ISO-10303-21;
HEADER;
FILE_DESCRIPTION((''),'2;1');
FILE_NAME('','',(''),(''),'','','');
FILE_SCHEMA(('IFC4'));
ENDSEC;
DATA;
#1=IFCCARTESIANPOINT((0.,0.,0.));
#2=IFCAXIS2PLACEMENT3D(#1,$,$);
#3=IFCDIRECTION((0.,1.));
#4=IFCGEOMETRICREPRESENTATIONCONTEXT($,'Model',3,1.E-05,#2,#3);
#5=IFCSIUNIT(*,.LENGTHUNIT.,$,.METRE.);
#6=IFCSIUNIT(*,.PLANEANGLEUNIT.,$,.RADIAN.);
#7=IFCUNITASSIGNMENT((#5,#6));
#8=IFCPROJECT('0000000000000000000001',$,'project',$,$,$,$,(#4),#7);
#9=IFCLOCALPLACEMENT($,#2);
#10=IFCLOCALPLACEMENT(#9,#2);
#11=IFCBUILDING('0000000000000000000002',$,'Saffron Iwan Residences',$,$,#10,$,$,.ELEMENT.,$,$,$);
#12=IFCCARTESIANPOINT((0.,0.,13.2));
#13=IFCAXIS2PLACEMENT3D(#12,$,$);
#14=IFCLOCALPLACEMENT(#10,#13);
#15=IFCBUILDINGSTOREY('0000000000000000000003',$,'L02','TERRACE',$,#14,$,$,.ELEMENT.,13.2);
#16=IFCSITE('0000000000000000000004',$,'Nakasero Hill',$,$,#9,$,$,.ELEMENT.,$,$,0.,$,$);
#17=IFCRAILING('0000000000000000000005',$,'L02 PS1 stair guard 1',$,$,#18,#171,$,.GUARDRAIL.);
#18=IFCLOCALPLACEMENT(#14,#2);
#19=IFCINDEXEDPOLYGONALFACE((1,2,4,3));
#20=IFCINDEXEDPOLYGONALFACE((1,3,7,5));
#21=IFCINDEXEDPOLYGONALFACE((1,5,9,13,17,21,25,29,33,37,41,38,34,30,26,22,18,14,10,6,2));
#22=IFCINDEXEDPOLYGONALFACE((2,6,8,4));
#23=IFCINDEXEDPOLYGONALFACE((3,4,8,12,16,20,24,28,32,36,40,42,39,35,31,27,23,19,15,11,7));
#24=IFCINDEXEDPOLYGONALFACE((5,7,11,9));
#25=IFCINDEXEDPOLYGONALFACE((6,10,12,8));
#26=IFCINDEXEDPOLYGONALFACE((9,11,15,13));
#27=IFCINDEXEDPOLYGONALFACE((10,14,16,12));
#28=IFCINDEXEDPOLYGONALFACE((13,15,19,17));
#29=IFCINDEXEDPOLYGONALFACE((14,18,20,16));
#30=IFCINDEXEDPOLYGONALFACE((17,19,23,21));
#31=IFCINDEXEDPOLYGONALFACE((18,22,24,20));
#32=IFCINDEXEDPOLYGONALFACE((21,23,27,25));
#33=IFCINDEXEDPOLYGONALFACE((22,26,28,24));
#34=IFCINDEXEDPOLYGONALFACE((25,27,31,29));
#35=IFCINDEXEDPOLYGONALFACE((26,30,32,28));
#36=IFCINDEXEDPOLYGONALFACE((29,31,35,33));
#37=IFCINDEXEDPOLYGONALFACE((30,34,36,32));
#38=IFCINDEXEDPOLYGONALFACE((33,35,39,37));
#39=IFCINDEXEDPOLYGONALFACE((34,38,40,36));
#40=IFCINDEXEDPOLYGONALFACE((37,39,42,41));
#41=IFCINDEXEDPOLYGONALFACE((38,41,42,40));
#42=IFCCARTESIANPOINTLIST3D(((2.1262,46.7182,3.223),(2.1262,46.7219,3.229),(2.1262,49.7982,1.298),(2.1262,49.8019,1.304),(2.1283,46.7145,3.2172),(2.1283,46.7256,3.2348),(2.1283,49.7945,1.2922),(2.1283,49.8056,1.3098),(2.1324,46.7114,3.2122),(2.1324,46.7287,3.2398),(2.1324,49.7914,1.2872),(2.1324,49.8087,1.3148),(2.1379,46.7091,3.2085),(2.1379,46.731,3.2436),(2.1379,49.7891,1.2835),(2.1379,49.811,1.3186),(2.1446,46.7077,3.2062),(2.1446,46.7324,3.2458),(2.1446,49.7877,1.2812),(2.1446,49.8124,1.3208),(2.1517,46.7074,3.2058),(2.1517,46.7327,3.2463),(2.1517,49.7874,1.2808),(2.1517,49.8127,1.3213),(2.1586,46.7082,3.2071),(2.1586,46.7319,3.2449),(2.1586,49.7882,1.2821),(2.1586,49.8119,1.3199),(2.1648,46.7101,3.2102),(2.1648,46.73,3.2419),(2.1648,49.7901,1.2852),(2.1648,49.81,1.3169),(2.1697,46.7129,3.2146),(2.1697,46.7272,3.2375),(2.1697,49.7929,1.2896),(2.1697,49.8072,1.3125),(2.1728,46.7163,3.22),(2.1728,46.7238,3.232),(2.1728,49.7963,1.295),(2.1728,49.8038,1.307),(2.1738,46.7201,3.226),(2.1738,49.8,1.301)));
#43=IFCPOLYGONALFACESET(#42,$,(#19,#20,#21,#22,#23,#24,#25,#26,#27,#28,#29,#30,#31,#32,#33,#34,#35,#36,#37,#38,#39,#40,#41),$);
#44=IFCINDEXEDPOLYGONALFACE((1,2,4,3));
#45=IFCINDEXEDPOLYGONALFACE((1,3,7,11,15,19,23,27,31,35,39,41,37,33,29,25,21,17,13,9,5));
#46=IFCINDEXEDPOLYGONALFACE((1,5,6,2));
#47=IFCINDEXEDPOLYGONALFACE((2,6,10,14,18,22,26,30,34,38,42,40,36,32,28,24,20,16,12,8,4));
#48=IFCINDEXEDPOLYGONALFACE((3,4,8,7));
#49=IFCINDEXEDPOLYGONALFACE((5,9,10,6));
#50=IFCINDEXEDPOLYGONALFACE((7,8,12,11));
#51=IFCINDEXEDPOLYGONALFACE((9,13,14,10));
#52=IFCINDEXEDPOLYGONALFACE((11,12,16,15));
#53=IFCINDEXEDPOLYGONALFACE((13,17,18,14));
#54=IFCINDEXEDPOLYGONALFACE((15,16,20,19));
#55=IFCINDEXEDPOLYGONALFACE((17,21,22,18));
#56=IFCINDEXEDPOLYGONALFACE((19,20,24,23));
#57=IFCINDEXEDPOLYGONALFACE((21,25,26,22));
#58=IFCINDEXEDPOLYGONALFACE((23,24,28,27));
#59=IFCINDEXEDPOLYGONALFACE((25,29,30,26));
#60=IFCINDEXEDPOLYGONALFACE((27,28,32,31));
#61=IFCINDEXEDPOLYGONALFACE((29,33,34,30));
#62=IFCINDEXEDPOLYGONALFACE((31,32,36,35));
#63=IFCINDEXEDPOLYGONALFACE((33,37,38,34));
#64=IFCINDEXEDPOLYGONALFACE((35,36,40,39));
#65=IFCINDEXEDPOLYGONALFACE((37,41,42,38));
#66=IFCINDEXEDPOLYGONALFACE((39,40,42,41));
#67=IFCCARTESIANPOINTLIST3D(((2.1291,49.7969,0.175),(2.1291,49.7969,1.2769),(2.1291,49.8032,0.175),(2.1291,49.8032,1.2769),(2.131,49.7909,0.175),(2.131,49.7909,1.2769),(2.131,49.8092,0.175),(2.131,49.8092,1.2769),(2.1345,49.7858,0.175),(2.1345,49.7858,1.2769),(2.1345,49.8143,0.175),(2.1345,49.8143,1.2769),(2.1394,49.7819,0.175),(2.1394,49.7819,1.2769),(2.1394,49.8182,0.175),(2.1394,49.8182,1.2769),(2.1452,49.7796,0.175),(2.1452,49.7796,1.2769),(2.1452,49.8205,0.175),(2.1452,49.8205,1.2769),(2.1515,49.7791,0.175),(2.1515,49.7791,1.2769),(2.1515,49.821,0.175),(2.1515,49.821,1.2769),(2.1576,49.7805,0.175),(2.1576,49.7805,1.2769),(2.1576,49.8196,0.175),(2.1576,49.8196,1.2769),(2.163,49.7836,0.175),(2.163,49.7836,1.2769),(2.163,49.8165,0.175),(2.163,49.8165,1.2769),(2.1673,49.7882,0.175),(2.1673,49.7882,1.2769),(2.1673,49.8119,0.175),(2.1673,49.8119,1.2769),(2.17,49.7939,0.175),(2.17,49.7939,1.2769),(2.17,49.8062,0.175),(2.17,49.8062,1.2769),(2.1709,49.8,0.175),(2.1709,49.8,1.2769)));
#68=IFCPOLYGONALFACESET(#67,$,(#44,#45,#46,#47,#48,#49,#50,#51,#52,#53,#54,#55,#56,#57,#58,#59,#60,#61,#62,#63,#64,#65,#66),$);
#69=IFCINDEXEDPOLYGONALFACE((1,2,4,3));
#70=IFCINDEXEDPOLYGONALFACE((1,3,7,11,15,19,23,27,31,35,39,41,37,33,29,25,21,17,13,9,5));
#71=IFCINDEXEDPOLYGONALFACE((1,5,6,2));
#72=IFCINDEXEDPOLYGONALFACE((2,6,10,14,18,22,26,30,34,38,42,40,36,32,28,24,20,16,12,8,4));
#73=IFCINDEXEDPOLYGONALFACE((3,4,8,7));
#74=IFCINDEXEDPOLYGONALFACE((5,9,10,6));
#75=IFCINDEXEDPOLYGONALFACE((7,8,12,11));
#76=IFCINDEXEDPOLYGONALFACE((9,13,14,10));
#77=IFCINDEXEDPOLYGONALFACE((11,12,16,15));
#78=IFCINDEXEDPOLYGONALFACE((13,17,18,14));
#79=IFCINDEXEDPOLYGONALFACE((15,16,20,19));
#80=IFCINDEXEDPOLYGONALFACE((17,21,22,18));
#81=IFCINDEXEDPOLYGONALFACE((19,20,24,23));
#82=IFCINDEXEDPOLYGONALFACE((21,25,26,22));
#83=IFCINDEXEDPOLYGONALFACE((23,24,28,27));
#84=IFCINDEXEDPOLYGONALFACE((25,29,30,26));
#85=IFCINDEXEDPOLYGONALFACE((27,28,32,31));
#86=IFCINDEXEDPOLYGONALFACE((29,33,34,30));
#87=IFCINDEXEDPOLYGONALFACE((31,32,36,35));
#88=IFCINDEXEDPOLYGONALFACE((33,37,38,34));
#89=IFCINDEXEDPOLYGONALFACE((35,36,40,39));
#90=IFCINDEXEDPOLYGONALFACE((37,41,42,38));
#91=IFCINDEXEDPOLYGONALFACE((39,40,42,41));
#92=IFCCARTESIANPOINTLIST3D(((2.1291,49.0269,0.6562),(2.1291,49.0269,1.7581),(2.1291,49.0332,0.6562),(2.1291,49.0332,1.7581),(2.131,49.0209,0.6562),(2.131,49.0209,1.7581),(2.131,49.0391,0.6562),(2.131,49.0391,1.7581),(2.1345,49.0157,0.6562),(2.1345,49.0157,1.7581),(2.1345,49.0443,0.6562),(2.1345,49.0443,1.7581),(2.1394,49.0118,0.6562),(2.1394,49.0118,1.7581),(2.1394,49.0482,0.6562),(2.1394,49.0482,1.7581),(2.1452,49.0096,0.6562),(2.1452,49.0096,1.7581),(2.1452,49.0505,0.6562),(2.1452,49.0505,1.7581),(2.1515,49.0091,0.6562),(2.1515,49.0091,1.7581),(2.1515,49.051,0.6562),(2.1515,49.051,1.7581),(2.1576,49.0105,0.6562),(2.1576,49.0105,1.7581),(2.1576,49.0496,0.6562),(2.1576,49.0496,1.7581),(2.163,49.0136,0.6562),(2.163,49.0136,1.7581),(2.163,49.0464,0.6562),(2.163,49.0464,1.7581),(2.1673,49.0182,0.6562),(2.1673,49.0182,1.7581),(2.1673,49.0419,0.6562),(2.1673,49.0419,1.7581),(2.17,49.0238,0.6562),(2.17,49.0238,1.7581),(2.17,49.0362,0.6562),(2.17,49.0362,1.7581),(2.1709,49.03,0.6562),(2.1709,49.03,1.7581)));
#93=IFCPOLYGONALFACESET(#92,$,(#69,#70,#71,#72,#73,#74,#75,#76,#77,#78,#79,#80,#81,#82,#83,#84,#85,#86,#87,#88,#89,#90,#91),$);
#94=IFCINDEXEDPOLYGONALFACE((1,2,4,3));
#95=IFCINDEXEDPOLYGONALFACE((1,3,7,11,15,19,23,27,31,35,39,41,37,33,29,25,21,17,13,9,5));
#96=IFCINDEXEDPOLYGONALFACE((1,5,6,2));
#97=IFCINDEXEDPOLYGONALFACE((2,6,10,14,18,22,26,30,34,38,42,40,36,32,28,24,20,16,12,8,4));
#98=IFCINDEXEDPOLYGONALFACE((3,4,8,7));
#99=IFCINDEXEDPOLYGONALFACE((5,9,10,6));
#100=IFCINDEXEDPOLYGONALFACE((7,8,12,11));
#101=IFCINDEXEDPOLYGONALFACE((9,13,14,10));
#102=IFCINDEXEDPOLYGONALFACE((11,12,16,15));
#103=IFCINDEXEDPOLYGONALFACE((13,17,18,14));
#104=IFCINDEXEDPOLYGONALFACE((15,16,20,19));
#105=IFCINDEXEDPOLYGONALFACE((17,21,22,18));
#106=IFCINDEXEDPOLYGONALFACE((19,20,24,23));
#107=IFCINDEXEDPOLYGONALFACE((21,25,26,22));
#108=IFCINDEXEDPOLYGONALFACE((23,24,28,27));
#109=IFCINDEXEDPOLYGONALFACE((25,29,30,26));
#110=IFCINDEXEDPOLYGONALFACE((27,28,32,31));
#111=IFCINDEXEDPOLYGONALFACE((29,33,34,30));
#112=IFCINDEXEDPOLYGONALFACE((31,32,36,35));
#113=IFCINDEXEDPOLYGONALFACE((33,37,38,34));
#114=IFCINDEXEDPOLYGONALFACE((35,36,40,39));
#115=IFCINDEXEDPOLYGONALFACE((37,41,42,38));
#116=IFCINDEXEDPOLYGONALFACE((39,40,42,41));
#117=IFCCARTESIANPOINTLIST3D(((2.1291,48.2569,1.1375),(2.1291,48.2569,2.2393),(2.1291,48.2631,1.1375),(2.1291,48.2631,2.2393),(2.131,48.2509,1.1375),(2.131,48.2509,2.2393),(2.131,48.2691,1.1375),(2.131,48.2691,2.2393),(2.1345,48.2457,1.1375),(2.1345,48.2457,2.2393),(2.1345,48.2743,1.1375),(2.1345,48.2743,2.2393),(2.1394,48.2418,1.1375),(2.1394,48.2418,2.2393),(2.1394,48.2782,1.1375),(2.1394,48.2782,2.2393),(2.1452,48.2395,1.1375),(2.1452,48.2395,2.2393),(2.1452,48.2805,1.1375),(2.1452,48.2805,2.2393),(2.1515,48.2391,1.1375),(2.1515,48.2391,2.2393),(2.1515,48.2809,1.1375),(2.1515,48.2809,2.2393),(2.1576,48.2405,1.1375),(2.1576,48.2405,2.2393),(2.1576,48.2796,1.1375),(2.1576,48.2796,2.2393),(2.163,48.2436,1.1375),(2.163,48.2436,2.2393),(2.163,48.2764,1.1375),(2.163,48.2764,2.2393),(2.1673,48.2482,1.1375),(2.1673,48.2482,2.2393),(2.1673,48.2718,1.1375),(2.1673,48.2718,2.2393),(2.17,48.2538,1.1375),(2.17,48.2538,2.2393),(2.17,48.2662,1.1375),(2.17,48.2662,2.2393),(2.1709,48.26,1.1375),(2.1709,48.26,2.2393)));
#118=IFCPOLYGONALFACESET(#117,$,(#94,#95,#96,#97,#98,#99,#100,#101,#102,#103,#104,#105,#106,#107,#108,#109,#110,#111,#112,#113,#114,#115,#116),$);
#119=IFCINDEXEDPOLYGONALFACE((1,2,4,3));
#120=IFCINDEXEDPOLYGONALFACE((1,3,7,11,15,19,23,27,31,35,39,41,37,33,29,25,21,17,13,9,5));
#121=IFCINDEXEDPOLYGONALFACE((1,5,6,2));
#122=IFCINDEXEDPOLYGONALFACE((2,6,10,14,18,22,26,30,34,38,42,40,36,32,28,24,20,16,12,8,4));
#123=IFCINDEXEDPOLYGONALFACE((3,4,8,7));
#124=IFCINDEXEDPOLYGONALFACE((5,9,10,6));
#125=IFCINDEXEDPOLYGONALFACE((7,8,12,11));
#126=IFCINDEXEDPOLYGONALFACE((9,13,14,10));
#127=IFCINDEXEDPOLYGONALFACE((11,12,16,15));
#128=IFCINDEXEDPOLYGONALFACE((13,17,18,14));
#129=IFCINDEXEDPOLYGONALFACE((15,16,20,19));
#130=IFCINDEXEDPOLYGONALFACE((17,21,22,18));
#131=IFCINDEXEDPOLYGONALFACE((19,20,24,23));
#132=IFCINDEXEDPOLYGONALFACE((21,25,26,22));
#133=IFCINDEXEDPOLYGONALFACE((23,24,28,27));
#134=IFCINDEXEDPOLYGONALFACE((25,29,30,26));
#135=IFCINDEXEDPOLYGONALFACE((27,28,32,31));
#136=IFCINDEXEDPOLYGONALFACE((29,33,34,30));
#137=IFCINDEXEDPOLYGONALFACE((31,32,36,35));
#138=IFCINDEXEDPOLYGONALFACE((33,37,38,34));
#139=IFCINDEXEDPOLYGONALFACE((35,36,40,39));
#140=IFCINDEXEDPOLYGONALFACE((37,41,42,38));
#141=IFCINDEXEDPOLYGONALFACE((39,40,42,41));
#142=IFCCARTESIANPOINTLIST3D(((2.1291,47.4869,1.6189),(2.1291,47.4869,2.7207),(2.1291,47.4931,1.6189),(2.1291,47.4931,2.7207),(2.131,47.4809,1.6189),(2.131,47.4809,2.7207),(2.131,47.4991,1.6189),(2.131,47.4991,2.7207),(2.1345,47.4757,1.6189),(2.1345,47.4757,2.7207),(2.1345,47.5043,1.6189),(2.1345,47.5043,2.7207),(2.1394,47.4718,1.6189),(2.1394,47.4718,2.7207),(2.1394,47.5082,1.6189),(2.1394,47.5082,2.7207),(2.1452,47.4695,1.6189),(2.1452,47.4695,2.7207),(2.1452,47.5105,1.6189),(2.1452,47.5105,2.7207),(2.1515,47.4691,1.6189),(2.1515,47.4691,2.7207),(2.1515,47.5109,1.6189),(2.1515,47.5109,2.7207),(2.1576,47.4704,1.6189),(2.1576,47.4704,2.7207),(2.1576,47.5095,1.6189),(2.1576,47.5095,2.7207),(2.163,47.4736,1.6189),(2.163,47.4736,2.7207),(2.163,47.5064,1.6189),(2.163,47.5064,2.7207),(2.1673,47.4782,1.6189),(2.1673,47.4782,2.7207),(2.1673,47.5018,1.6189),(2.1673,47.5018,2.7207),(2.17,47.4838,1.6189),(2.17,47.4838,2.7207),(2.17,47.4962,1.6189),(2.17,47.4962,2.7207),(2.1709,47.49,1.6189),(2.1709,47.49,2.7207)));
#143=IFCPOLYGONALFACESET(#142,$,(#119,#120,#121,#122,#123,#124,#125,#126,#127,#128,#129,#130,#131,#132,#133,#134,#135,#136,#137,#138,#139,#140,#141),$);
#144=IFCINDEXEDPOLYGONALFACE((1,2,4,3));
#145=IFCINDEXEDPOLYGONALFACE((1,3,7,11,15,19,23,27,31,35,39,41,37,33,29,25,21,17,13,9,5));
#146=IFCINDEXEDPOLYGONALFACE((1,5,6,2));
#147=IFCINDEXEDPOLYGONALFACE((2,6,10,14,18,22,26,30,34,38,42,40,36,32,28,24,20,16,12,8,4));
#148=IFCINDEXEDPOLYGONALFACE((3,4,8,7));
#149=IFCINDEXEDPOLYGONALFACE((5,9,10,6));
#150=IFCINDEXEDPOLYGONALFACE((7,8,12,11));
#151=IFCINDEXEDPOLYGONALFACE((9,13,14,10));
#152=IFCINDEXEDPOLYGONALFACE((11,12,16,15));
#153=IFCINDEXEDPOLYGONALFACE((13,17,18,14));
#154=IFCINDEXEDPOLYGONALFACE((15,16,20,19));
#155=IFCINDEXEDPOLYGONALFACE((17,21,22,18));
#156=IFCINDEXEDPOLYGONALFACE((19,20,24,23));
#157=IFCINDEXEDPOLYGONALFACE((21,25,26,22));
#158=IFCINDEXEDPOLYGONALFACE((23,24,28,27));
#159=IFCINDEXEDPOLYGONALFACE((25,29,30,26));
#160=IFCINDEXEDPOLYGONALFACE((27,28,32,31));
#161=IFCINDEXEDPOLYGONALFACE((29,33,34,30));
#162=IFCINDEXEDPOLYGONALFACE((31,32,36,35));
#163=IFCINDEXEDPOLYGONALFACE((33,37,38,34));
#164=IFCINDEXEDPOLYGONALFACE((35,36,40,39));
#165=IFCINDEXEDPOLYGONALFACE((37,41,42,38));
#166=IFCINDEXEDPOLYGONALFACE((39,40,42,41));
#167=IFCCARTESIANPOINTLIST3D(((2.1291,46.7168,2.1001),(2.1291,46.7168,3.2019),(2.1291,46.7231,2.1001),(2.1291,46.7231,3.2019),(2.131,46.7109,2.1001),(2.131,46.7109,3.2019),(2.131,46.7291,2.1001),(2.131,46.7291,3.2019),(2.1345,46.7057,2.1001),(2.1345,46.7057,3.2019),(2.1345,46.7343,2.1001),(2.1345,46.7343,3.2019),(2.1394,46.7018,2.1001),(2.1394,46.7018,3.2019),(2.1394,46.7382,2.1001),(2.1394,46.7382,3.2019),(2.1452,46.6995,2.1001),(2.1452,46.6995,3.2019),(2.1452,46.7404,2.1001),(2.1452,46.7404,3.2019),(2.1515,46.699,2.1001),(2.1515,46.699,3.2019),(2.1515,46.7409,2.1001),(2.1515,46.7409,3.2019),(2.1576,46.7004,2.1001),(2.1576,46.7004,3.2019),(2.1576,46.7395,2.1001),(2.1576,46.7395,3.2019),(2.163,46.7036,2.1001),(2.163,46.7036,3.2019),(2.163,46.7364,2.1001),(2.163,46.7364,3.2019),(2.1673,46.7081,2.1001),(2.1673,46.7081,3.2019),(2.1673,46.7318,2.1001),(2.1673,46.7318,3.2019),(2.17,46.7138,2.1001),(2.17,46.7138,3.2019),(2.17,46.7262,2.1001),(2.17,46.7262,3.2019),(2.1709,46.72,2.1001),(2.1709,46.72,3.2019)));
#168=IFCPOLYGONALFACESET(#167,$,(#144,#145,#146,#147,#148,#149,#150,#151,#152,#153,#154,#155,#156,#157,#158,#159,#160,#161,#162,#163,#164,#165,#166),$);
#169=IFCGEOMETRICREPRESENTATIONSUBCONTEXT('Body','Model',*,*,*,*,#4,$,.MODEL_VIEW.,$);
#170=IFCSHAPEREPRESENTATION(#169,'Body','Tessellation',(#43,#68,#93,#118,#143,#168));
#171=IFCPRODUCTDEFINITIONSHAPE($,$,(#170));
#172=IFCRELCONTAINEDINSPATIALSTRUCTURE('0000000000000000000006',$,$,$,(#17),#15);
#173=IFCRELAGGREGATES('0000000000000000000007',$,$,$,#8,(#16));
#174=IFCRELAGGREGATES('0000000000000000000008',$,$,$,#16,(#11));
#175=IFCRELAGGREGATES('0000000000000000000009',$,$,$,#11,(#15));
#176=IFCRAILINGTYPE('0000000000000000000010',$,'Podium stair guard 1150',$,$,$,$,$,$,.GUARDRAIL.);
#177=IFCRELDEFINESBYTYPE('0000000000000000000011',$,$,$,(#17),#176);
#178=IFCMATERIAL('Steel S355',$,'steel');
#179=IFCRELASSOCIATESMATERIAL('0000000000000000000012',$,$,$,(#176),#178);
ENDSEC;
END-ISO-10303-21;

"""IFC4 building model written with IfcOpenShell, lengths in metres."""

from ifc_helpers import new_model, si_unit, direction, frame, origin, origin_2d, place, context, subcontext, project, spatial, circle, extrude, material, type_object, element, save


model = new_model("IFC4")

# Units and contexts
model_context = context("Model", 3, precision=1e-05, world=origin(), true_north=direction((0.0, 1.0)))
body_context = subcontext(model_context, "Body", "Model", "MODEL_VIEW")
ifc_project = project(units=[si_unit("LENGTHUNIT", "METRE"), si_unit("PLANEANGLEUNIT", "RADIAN")], contexts=[model_context])

# Site, building, storey
site_placement = place(None, origin())
site = spatial("IfcSite", under=ifc_project, at=site_placement, Name="Nakasero Hill", CompositionType="ELEMENT", RefElevation=0.0)
building_placement = place(site_placement, origin())
building = spatial("IfcBuilding", under=site, at=building_placement, Name="Saffron Iwan Residences", CompositionType="ELEMENT")
storey_placement = place(building_placement, frame((0.0, 0.0, 13.2)))
storey = spatial("IfcBuildingStorey", under=building, at=storey_placement, Name="L02", Description="TERRACE", CompositionType="ELEMENT", Elevation=13.2)

# Railing
ifc_material_1 = material(Name="Steel S355", Category="steel")
railing_type_1 = type_object("IfcRailingType", Name="Podium stair guard 1150", PredefinedType="GUARDRAIL", material=ifc_material_1)
railing_1_placement = place(storey_placement, frame((2.1499, 49.8, 0.175)))
element("IfcRailing", 1, at=railing_1_placement, inside=storey, type_object=railing_type_1, Name="L02 PS1 stair guard 1", PredefinedType="GUARDRAIL", context=body_context, shape_type="SweptSolid", body=[
    extrude(circle(Radius=0.0239, at=origin_2d()), frame((0.0, 0.0, 1.126), z_axis=(0.0, -0.847998, 0.529999), x_axis=(1.0, 0.0, 0.0)), (0.0, 0.0, 1.0), 3.6321),
    extrude(circle(Radius=0.021, at=origin_2d()), origin(), (0.0, 0.0, 1.0), 1.1018),
    extrude(circle(Radius=0.021, at=origin_2d()), frame((0.0, -0.77, 0.4812)), (0.0, 0.0, 1.0), 1.1018),
    extrude(circle(Radius=0.021, at=origin_2d()), frame((0.0, -1.54, 0.9624)), (0.0, 0.0, 1.0), 1.1018),
    extrude(circle(Radius=0.021, at=origin_2d()), frame((0.0, -2.3101, 1.4438)), (0.0, 0.0, 1.0), 1.1018),
    extrude(circle(Radius=0.021, at=origin_2d()), frame((0.0, -3.0801, 1.925)), (0.0, 0.0, 1.0), 1.1018),
])

save(model, "model.ifc")
